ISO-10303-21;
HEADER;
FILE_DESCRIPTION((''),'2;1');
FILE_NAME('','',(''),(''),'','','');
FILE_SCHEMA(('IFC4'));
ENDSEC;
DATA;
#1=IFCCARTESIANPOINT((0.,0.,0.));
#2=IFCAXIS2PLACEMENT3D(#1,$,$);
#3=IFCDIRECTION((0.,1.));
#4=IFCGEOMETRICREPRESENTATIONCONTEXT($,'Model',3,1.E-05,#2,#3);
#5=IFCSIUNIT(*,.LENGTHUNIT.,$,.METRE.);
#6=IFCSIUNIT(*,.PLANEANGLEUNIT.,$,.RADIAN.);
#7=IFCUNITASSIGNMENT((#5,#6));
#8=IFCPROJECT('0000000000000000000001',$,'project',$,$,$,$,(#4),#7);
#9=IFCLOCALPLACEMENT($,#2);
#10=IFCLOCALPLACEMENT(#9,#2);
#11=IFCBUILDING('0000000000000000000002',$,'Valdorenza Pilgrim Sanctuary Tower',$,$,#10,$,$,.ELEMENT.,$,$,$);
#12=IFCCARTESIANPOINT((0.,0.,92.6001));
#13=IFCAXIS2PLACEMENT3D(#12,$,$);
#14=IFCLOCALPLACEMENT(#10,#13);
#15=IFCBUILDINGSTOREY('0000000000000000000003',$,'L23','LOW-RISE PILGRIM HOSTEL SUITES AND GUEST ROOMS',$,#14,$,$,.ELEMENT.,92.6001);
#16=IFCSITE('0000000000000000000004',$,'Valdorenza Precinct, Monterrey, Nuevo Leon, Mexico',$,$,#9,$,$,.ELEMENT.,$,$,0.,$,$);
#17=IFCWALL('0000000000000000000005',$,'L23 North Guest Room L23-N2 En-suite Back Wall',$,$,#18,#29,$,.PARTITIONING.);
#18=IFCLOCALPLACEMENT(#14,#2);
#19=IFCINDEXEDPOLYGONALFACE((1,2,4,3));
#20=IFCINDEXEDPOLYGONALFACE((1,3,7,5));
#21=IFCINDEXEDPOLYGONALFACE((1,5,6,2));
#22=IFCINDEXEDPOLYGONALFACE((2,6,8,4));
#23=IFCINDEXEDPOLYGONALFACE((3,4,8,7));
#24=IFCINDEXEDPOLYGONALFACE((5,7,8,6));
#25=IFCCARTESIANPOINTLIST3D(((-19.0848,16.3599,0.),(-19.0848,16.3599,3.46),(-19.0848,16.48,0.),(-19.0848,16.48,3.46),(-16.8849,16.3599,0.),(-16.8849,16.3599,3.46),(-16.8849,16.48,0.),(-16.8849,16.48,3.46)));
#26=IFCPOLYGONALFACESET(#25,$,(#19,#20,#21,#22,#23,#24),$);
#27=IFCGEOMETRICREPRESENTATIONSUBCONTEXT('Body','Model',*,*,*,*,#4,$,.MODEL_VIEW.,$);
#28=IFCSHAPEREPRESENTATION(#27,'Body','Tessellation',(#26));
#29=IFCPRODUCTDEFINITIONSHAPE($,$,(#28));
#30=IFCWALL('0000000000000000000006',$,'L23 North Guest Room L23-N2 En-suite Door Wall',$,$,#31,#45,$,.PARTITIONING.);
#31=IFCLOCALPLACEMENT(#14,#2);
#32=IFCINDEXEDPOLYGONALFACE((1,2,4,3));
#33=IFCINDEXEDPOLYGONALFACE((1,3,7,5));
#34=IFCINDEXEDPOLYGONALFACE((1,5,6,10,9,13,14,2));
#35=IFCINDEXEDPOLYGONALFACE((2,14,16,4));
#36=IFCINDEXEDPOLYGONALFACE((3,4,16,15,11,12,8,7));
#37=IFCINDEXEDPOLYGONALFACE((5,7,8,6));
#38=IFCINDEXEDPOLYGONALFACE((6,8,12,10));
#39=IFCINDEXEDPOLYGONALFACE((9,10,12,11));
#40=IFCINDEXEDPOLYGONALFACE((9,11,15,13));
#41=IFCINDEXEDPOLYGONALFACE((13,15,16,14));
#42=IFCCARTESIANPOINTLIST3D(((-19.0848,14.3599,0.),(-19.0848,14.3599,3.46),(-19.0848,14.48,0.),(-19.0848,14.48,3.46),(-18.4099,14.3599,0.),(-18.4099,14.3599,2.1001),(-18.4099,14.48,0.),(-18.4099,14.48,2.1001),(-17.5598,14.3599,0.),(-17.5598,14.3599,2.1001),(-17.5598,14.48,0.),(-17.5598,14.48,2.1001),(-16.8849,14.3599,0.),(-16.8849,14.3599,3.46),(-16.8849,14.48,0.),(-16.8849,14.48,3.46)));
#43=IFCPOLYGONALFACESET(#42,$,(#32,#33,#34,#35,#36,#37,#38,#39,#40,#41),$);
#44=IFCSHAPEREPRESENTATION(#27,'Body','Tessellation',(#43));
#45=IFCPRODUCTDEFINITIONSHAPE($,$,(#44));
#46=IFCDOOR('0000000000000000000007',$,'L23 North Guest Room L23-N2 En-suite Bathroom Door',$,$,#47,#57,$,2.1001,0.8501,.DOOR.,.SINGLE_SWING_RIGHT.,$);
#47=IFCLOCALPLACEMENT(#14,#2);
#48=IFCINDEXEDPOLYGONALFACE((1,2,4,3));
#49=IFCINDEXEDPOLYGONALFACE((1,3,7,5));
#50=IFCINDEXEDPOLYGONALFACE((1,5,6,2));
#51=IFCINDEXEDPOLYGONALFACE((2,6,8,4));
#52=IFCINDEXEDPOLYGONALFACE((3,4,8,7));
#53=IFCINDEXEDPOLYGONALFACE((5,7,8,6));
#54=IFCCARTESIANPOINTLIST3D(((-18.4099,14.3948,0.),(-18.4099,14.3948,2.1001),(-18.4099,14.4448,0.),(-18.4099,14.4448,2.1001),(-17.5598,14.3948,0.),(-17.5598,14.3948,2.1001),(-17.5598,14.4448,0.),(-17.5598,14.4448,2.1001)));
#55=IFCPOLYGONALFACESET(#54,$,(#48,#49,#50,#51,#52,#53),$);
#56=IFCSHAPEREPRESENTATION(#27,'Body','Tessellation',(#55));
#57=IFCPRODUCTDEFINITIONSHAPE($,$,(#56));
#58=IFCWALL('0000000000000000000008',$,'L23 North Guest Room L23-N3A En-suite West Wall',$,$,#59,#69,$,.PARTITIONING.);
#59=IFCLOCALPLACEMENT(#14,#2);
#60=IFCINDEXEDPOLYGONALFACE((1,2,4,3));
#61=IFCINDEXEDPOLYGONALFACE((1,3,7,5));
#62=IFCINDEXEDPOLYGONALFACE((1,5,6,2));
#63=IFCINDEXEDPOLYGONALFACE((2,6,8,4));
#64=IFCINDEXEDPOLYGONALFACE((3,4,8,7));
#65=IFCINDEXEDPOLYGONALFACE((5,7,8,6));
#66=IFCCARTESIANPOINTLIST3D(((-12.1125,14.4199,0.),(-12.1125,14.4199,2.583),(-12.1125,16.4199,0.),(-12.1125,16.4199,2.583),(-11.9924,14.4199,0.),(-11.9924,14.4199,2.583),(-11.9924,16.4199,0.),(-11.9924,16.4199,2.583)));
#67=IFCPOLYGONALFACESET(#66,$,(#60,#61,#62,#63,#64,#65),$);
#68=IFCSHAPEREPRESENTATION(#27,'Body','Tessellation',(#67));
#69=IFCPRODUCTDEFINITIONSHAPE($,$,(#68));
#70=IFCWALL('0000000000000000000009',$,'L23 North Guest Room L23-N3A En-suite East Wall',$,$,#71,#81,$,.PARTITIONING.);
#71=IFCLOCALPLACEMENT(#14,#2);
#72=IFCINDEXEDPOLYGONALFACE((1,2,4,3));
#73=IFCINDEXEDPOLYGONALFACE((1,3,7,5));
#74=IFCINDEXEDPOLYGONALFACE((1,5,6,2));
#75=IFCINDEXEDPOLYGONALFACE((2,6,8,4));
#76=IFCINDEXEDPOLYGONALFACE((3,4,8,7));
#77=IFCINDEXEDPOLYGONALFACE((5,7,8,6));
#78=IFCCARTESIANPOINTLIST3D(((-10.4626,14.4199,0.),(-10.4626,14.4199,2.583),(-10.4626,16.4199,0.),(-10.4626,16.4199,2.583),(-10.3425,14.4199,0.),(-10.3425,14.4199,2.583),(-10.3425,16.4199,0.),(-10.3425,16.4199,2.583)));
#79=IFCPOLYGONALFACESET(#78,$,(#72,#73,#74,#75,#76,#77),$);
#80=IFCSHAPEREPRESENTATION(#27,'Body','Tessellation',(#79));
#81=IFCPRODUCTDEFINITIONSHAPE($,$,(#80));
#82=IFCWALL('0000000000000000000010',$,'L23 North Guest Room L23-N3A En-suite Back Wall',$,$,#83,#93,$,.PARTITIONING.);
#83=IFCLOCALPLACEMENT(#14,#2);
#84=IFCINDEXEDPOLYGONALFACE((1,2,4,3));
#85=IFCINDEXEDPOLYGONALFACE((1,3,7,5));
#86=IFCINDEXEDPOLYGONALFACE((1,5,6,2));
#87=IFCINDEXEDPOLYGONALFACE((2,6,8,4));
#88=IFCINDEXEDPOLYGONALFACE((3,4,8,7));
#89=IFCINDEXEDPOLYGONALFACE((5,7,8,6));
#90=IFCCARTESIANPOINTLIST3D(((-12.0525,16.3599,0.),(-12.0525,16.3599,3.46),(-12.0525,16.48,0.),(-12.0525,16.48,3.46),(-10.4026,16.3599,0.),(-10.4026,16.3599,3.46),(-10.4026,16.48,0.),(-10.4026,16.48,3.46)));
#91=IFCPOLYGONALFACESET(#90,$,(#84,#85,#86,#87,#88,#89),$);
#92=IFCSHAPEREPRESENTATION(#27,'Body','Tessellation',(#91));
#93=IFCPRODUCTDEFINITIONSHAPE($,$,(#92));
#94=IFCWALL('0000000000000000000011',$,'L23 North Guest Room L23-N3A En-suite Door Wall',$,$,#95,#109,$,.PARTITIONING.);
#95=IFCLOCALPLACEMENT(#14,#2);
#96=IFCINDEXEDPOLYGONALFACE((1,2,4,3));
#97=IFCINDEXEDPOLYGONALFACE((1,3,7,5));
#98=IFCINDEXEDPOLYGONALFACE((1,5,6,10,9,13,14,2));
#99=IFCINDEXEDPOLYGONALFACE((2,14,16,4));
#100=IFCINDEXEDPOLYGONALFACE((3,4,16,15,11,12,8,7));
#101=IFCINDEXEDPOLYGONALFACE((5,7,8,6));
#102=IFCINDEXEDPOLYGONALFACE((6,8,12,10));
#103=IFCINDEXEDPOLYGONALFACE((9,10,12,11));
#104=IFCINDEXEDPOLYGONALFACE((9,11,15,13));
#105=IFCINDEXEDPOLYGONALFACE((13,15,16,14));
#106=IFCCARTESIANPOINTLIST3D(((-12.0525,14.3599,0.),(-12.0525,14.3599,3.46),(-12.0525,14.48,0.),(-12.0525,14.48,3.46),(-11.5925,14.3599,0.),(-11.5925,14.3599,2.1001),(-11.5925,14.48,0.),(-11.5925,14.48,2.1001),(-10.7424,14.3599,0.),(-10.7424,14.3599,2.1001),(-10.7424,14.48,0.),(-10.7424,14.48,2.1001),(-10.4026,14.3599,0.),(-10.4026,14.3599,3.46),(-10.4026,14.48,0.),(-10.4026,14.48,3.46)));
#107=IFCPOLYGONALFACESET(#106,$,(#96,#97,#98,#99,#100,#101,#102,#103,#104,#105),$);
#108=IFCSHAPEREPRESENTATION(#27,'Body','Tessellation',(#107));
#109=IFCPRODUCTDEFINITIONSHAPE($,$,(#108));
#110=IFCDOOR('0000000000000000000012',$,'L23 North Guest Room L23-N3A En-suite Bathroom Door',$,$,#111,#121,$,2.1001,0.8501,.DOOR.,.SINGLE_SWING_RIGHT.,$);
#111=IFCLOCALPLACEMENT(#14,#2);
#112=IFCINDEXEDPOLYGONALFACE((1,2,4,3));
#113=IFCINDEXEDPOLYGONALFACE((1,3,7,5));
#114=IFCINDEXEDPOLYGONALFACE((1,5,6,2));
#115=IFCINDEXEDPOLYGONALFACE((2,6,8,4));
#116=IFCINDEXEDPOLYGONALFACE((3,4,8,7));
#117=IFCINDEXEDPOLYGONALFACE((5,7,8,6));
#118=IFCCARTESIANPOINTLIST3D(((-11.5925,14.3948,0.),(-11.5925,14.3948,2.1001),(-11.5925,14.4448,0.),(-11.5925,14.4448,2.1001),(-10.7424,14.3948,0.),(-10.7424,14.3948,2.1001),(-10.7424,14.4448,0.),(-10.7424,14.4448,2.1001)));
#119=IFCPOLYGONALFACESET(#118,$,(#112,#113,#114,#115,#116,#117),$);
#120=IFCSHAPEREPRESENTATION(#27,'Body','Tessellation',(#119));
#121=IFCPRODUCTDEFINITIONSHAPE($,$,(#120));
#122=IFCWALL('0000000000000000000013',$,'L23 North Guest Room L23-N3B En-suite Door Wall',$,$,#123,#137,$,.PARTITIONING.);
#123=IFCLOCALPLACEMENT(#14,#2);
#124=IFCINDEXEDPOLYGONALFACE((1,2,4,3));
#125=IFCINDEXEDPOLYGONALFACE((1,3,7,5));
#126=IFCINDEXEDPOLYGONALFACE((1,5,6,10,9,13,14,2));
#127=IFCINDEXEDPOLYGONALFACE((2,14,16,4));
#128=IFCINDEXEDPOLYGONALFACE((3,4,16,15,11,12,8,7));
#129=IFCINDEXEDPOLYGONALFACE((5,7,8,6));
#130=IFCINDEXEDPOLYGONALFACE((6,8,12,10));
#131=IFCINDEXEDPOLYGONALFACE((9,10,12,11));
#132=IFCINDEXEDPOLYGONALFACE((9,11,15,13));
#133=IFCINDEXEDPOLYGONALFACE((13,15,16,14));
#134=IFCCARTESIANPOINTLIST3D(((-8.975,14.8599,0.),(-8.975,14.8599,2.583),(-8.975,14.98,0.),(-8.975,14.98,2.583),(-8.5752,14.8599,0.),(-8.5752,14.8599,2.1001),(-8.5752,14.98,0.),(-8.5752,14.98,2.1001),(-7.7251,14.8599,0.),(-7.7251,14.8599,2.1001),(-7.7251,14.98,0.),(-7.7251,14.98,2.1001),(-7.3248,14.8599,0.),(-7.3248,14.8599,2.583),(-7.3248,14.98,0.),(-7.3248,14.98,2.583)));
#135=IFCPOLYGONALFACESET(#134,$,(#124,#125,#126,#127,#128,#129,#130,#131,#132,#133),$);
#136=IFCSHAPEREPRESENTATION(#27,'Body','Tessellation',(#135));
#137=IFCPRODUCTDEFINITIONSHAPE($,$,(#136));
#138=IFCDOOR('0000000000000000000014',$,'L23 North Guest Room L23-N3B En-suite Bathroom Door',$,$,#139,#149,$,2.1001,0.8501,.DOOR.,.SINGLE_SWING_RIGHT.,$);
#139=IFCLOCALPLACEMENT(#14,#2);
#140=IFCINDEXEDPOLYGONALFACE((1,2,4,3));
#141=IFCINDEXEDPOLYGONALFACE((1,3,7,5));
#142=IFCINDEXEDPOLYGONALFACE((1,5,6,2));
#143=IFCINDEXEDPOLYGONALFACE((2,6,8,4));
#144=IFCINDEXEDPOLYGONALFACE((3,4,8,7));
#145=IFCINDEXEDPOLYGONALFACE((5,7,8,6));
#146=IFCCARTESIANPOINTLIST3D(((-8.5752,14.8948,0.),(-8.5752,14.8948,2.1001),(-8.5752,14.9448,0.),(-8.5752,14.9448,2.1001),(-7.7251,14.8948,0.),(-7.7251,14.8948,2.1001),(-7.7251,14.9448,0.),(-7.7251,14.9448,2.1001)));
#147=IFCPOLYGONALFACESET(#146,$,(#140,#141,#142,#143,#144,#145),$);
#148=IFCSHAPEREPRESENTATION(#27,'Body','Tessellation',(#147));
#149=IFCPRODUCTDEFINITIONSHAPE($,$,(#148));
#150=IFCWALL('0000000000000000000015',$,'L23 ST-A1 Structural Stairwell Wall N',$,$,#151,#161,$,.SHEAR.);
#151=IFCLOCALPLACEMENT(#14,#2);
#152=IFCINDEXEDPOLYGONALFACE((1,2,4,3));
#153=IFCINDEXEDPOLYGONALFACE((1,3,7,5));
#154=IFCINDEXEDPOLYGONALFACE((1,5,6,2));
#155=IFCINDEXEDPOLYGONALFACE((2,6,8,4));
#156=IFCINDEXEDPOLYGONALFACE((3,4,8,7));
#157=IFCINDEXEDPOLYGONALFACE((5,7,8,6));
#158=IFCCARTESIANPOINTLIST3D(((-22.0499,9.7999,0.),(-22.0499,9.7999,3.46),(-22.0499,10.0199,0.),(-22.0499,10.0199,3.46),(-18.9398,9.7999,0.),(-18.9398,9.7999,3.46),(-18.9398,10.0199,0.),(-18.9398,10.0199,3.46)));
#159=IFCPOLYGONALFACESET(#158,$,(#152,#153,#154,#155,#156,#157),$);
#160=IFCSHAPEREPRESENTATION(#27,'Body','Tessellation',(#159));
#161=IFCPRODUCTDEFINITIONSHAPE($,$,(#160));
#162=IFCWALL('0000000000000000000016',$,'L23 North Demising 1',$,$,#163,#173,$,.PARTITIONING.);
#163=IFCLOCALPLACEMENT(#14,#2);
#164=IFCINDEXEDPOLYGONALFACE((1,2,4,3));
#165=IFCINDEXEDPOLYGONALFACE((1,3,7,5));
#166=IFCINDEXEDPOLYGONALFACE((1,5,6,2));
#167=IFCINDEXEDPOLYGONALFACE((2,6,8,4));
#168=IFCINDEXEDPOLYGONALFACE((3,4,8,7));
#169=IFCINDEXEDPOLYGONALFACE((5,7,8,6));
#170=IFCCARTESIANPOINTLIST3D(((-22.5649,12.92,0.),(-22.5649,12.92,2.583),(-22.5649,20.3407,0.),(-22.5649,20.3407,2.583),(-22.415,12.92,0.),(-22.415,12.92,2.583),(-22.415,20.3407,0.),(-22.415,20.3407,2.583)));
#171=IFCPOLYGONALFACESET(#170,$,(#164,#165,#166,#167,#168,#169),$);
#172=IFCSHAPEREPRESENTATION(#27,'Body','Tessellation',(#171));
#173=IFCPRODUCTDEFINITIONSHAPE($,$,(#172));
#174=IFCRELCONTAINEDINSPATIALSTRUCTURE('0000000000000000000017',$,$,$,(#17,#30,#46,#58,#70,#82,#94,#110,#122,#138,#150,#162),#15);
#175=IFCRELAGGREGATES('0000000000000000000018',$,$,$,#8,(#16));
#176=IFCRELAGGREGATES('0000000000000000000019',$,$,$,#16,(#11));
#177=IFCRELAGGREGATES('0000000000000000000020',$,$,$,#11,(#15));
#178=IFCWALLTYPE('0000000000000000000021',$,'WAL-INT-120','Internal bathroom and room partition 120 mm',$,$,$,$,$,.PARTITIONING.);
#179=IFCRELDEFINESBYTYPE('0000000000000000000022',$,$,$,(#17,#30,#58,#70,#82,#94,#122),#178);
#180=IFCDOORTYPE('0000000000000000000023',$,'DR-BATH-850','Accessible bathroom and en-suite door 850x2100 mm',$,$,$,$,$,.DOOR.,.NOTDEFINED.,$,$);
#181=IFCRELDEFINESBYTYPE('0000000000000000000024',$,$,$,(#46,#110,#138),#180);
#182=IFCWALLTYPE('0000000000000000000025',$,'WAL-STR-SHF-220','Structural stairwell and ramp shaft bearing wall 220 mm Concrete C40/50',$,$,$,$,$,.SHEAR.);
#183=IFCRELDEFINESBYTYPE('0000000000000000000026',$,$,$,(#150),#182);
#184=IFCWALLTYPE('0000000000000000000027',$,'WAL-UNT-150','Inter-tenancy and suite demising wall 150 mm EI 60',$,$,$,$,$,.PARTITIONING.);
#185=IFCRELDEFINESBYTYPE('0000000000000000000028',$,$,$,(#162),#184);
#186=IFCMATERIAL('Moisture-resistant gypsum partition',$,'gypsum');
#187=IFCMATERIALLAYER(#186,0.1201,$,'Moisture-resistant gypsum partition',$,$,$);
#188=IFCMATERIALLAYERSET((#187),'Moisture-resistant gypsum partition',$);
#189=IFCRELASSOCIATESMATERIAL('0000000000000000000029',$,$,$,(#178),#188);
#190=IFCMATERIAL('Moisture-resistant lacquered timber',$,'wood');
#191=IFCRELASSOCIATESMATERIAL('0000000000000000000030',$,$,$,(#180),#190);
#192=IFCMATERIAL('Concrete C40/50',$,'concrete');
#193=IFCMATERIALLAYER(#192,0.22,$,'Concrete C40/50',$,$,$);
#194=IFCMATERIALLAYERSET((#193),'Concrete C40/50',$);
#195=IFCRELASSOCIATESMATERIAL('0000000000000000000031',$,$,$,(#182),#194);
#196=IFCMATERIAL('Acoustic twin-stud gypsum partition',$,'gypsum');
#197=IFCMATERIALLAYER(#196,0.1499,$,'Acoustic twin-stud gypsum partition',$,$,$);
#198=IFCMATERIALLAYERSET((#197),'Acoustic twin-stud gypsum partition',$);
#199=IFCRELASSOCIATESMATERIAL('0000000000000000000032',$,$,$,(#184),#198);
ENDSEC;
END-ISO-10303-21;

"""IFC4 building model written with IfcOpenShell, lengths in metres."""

from ifc_helpers import new_model, si_unit, direction, frame, frame_2d, origin, place, context, subcontext, project, spatial, rectangle, extrude, material, layer, layer_set, type_object, element, fill, save


model = new_model("IFC4")

# Units and contexts
model_context = context("Model", 3, precision=1e-05, world=origin(), true_north=direction((0.0, 1.0)))
body_context = subcontext(model_context, "Body", "Model", "MODEL_VIEW")
ifc_project = project(units=[si_unit("LENGTHUNIT", "METRE"), si_unit("PLANEANGLEUNIT", "RADIAN")], contexts=[model_context])

# Site, building, storey
site_placement = place(None, origin())
site = spatial("IfcSite", under=ifc_project, at=site_placement, Name="Valdorenza Precinct, Monterrey, Nuevo Leon, Mexico", CompositionType="ELEMENT", RefElevation=0.0)
building_placement = place(site_placement, origin())
building = spatial("IfcBuilding", under=site, at=building_placement, Name="Valdorenza Pilgrim Sanctuary Tower", CompositionType="ELEMENT")
storey_placement = place(building_placement, frame((0.0, 0.0, 92.6001)))
storey = spatial("IfcBuildingStorey", under=building, at=storey_placement, Name="L23", Description="LOW-RISE PILGRIM HOSTEL SUITES AND GUEST ROOMS", CompositionType="ELEMENT", Elevation=92.6001)

# Wall
ifc_material_1 = material(Name="Acoustic twin-stud gypsum partition", Category="gypsum")
ifc_material_2 = material(Name="Moisture-resistant gypsum partition", Category="gypsum")
ifc_layer_1 = layer(ifc_material_2, 0.1201, Name="Moisture-resistant gypsum partition")
ifc_layer_set_1 = layer_set([ifc_layer_1], Name="Moisture-resistant gypsum partition")
wall_type_1 = type_object("IfcWallType", Name="WAL-INT-120", Description="Internal bathroom and room partition 120 mm", PredefinedType="PARTITIONING", material=ifc_layer_set_1)
wall_1_placement = place(storey_placement, frame((-19.085, 16.4199, 0.0), z_axis=(0.0, 0.0, 1.0), x_axis=(1.0, 0.0, 0.0)))
element("IfcWall", 1, at=wall_1_placement, inside=storey, type_object=wall_type_1, Name="L23 North Guest Room L23-N2 En-suite Back Wall", PredefinedType="PARTITIONING", context=body_context, shape_type="SweptSolid", body=[
    extrude(rectangle(XDim=2.2, YDim=0.1201, at=frame_2d((1.1001, 0.0))), origin(), (0.0, 0.0, 1.0), 3.46),
])

# Wall, opening, door
wall_2_placement = place(storey_placement, frame((-19.085, 14.4199, 0.0), z_axis=(0.0, 0.0, 1.0), x_axis=(1.0, 0.0, 0.0)))
wall_2 = element("IfcWall", 2, at=wall_2_placement, inside=storey, type_object=wall_type_1, Name="L23 North Guest Room L23-N2 En-suite Door Wall", PredefinedType="PARTITIONING", context=body_context, shape_type="SweptSolid", body=[
    extrude(rectangle(XDim=2.2, YDim=0.1201, at=frame_2d((1.1001, 0.0))), origin(), (0.0, 0.0, 1.0), 3.46),
])
opening_1_placement = place(wall_2_placement, frame((0.675, 0.0, 0.0)))
opening_1 = element("IfcOpeningElement", 3, at=opening_1_placement, cuts=wall_2, PredefinedType="OPENING", context=body_context, shape_type="SweptSolid", body=[
    extrude(rectangle(XDim=0.8501, YDim=2.1001, at=frame_2d((0.425, 1.05))), frame((0.0, 0.075, 0.0), z_axis=(0.0, -1.0, 0.0), x_axis=(1.0, 0.0, 0.0)), (0.0, 0.0, 1.0), 0.1499),
])
ifc_material_3 = material(Name="Moisture-resistant lacquered timber", Category="wood")
door_type = type_object("IfcDoorType", Name="DR-BATH-850", Description="Accessible bathroom and en-suite door 850x2100 mm", OperationType="NOTDEFINED", PredefinedType="DOOR", material=ifc_material_3)
door_1_placement = place(opening_1_placement, origin())
door_1 = element("IfcDoor", 4, at=door_1_placement, inside=storey, type_object=door_type, Name="L23 North Guest Room L23-N2 En-suite Bathroom Door", OperationType="SINGLE_SWING_RIGHT", OverallHeight=2.1001, OverallWidth=0.8501, PredefinedType="DOOR", context=body_context, shape_type="SweptSolid", body=[
    extrude(rectangle(XDim=0.8501, YDim=2.1001, at=frame_2d((0.425, 1.05))), frame((0.0, 0.0249, 0.0), z_axis=(0.0, -1.0, 0.0), x_axis=(1.0, 0.0, 0.0)), (0.0, 0.0, 1.0), 0.05),
])
fill(opening_1, door_1)

# Walls
for number, where, z_axis, x_axis, name in (
    (5, (-12.0525, 14.4199, 0.0), (0.0, 0.0, 1.0), (0.0, 1.0, 0.0), "L23 North Guest Room L23-N3A En-suite West Wall"),
    (6, (-10.4026, 14.4199, 0.0), (0.0, 0.0, 1.0), (0.0, 1.0, 0.0), "L23 North Guest Room L23-N3A En-suite East Wall"),
):
    element("IfcWall", number, at=place(storey_placement, frame(where, z_axis=z_axis, x_axis=x_axis)), inside=storey, type_object=wall_type_1, Name=name, PredefinedType="PARTITIONING", context=body_context, shape_type="SweptSolid", body=[
        extrude(rectangle(XDim=2.0, YDim=0.1201, at=frame_2d((1.0, 0.0))), origin(), (0.0, 0.0, 1.0), 2.583),
    ])
wall_3_placement = place(storey_placement, frame((-12.0525, 16.4199, 0.0), z_axis=(0.0, 0.0, 1.0), x_axis=(1.0, 0.0, 0.0)))
element("IfcWall", 7, at=wall_3_placement, inside=storey, type_object=wall_type_1, Name="L23 North Guest Room L23-N3A En-suite Back Wall", PredefinedType="PARTITIONING", context=body_context, shape_type="SweptSolid", body=[
    extrude(rectangle(XDim=1.6499, YDim=0.1201, at=frame_2d((0.825, 0.0))), origin(), (0.0, 0.0, 1.0), 3.46),
])

# Walls, openings, doors
wall_4_placement = place(storey_placement, frame((-12.0525, 14.4199, 0.0), z_axis=(0.0, 0.0, 1.0), x_axis=(1.0, 0.0, 0.0)))
wall_4 = element("IfcWall", 8, at=wall_4_placement, inside=storey, type_object=wall_type_1, Name="L23 North Guest Room L23-N3A En-suite Door Wall", PredefinedType="PARTITIONING", context=body_context, shape_type="SweptSolid", body=[
    extrude(rectangle(XDim=1.6499, YDim=0.1201, at=frame_2d((0.825, 0.0))), origin(), (0.0, 0.0, 1.0), 3.46),
])
opening_2_placement = place(wall_4_placement, frame((0.46, 0.0, 0.0)))
opening_2 = element("IfcOpeningElement", 9, at=opening_2_placement, cuts=wall_4, PredefinedType="OPENING", context=body_context, shape_type="SweptSolid", body=[
    extrude(rectangle(XDim=0.8501, YDim=2.1001, at=frame_2d((0.425, 1.05))), frame((0.0, 0.075, 0.0), z_axis=(0.0, -1.0, 0.0), x_axis=(1.0, 0.0, 0.0)), (0.0, 0.0, 1.0), 0.1499),
])
door_2_placement = place(opening_2_placement, origin())
door_2 = element("IfcDoor", 10, at=door_2_placement, inside=storey, type_object=door_type, Name="L23 North Guest Room L23-N3A En-suite Bathroom Door", OperationType="SINGLE_SWING_RIGHT", OverallHeight=2.1001, OverallWidth=0.8501, PredefinedType="DOOR", context=body_context, shape_type="SweptSolid", body=[
    extrude(rectangle(XDim=0.8501, YDim=2.1001, at=frame_2d((0.425, 1.05))), frame((0.0, 0.0249, 0.0), z_axis=(0.0, -1.0, 0.0), x_axis=(1.0, 0.0, 0.0)), (0.0, 0.0, 1.0), 0.05),
])
fill(opening_2, door_2)
wall_5_placement = place(storey_placement, frame((-8.9751, 14.9199, 0.0), z_axis=(0.0, 0.0, 1.0), x_axis=(1.0, 0.0, 0.0)))
wall_5 = element("IfcWall", 11, at=wall_5_placement, inside=storey, type_object=wall_type_1, Name="L23 North Guest Room L23-N3B En-suite Door Wall", PredefinedType="PARTITIONING", context=body_context, shape_type="SweptSolid", body=[
    extrude(rectangle(XDim=1.6501, YDim=0.1201, at=frame_2d((0.8252, 0.0))), origin(), (0.0, 0.0, 1.0), 2.583),
])
opening_3_placement = place(wall_5_placement, frame((0.3999, 0.0, 0.0)))
opening_3 = element("IfcOpeningElement", 12, at=opening_3_placement, cuts=wall_5, PredefinedType="OPENING", context=body_context, shape_type="SweptSolid", body=[
    extrude(rectangle(XDim=0.8501, YDim=2.1001, at=frame_2d((0.425, 1.05))), frame((0.0, 0.075, 0.0), z_axis=(0.0, -1.0, 0.0), x_axis=(1.0, 0.0, 0.0)), (0.0, 0.0, 1.0), 0.1499),
])
door_3_placement = place(opening_3_placement, origin())
door_3 = element("IfcDoor", 13, at=door_3_placement, inside=storey, type_object=door_type, Name="L23 North Guest Room L23-N3B En-suite Bathroom Door", OperationType="SINGLE_SWING_RIGHT", OverallHeight=2.1001, OverallWidth=0.8501, PredefinedType="DOOR", context=body_context, shape_type="SweptSolid", body=[
    extrude(rectangle(XDim=0.8501, YDim=2.1001, at=frame_2d((0.425, 1.05))), frame((0.0, 0.0249, 0.0), z_axis=(0.0, -1.0, 0.0), x_axis=(1.0, 0.0, 0.0)), (0.0, 0.0, 1.0), 0.05),
])
fill(opening_3, door_3)

# Walls
ifc_material_4 = material(Name="Concrete C40/50", Category="concrete")
ifc_layer_2 = layer(ifc_material_4, 0.22, Name="Concrete C40/50")
ifc_layer_set_2 = layer_set([ifc_layer_2], Name="Concrete C40/50")
wall_type_2 = type_object("IfcWallType", Name="WAL-STR-SHF-220", Description="Structural stairwell and ramp shaft bearing wall 220 mm Concrete C40/50", PredefinedType="SHEAR", material=ifc_layer_set_2)
wall_6_placement = place(storey_placement, frame((-22.05, 9.9099, 0.0), z_axis=(0.0, 0.0, 1.0), x_axis=(1.0, 0.0, 0.0)))
element("IfcWall", 14, at=wall_6_placement, inside=storey, type_object=wall_type_2, Name="L23 ST-A1 Structural Stairwell Wall N", PredefinedType="SHEAR", context=body_context, shape_type="SweptSolid", body=[
    extrude(rectangle(XDim=3.1101, YDim=0.22, at=frame_2d((1.5552, 0.0))), origin(), (0.0, 0.0, 1.0), 3.46),
])
ifc_layer_3 = layer(ifc_material_1, 0.1499, Name="Acoustic twin-stud gypsum partition")
ifc_layer_set_3 = layer_set([ifc_layer_3], Name="Acoustic twin-stud gypsum partition")
wall_type_3 = type_object("IfcWallType", Name="WAL-UNT-150", Description="Inter-tenancy and suite demising wall 150 mm EI 60", PredefinedType="PARTITIONING", material=ifc_layer_set_3)
wall_7_placement = place(storey_placement, frame((-22.49, 12.9199, 0.0), z_axis=(0.0, 0.0, 1.0), x_axis=(0.0, 1.0, 0.0)))
element("IfcWall", 15, at=wall_7_placement, inside=storey, type_object=wall_type_3, Name="L23 North Demising 1", PredefinedType="PARTITIONING", context=body_context, shape_type="SweptSolid", body=[
    extrude(rectangle(XDim=7.4207, YDim=0.1499, at=frame_2d((3.7104, 0.0))), origin(), (0.0, 0.0, 1.0), 2.583),
])

save(model, "model.ifc")
